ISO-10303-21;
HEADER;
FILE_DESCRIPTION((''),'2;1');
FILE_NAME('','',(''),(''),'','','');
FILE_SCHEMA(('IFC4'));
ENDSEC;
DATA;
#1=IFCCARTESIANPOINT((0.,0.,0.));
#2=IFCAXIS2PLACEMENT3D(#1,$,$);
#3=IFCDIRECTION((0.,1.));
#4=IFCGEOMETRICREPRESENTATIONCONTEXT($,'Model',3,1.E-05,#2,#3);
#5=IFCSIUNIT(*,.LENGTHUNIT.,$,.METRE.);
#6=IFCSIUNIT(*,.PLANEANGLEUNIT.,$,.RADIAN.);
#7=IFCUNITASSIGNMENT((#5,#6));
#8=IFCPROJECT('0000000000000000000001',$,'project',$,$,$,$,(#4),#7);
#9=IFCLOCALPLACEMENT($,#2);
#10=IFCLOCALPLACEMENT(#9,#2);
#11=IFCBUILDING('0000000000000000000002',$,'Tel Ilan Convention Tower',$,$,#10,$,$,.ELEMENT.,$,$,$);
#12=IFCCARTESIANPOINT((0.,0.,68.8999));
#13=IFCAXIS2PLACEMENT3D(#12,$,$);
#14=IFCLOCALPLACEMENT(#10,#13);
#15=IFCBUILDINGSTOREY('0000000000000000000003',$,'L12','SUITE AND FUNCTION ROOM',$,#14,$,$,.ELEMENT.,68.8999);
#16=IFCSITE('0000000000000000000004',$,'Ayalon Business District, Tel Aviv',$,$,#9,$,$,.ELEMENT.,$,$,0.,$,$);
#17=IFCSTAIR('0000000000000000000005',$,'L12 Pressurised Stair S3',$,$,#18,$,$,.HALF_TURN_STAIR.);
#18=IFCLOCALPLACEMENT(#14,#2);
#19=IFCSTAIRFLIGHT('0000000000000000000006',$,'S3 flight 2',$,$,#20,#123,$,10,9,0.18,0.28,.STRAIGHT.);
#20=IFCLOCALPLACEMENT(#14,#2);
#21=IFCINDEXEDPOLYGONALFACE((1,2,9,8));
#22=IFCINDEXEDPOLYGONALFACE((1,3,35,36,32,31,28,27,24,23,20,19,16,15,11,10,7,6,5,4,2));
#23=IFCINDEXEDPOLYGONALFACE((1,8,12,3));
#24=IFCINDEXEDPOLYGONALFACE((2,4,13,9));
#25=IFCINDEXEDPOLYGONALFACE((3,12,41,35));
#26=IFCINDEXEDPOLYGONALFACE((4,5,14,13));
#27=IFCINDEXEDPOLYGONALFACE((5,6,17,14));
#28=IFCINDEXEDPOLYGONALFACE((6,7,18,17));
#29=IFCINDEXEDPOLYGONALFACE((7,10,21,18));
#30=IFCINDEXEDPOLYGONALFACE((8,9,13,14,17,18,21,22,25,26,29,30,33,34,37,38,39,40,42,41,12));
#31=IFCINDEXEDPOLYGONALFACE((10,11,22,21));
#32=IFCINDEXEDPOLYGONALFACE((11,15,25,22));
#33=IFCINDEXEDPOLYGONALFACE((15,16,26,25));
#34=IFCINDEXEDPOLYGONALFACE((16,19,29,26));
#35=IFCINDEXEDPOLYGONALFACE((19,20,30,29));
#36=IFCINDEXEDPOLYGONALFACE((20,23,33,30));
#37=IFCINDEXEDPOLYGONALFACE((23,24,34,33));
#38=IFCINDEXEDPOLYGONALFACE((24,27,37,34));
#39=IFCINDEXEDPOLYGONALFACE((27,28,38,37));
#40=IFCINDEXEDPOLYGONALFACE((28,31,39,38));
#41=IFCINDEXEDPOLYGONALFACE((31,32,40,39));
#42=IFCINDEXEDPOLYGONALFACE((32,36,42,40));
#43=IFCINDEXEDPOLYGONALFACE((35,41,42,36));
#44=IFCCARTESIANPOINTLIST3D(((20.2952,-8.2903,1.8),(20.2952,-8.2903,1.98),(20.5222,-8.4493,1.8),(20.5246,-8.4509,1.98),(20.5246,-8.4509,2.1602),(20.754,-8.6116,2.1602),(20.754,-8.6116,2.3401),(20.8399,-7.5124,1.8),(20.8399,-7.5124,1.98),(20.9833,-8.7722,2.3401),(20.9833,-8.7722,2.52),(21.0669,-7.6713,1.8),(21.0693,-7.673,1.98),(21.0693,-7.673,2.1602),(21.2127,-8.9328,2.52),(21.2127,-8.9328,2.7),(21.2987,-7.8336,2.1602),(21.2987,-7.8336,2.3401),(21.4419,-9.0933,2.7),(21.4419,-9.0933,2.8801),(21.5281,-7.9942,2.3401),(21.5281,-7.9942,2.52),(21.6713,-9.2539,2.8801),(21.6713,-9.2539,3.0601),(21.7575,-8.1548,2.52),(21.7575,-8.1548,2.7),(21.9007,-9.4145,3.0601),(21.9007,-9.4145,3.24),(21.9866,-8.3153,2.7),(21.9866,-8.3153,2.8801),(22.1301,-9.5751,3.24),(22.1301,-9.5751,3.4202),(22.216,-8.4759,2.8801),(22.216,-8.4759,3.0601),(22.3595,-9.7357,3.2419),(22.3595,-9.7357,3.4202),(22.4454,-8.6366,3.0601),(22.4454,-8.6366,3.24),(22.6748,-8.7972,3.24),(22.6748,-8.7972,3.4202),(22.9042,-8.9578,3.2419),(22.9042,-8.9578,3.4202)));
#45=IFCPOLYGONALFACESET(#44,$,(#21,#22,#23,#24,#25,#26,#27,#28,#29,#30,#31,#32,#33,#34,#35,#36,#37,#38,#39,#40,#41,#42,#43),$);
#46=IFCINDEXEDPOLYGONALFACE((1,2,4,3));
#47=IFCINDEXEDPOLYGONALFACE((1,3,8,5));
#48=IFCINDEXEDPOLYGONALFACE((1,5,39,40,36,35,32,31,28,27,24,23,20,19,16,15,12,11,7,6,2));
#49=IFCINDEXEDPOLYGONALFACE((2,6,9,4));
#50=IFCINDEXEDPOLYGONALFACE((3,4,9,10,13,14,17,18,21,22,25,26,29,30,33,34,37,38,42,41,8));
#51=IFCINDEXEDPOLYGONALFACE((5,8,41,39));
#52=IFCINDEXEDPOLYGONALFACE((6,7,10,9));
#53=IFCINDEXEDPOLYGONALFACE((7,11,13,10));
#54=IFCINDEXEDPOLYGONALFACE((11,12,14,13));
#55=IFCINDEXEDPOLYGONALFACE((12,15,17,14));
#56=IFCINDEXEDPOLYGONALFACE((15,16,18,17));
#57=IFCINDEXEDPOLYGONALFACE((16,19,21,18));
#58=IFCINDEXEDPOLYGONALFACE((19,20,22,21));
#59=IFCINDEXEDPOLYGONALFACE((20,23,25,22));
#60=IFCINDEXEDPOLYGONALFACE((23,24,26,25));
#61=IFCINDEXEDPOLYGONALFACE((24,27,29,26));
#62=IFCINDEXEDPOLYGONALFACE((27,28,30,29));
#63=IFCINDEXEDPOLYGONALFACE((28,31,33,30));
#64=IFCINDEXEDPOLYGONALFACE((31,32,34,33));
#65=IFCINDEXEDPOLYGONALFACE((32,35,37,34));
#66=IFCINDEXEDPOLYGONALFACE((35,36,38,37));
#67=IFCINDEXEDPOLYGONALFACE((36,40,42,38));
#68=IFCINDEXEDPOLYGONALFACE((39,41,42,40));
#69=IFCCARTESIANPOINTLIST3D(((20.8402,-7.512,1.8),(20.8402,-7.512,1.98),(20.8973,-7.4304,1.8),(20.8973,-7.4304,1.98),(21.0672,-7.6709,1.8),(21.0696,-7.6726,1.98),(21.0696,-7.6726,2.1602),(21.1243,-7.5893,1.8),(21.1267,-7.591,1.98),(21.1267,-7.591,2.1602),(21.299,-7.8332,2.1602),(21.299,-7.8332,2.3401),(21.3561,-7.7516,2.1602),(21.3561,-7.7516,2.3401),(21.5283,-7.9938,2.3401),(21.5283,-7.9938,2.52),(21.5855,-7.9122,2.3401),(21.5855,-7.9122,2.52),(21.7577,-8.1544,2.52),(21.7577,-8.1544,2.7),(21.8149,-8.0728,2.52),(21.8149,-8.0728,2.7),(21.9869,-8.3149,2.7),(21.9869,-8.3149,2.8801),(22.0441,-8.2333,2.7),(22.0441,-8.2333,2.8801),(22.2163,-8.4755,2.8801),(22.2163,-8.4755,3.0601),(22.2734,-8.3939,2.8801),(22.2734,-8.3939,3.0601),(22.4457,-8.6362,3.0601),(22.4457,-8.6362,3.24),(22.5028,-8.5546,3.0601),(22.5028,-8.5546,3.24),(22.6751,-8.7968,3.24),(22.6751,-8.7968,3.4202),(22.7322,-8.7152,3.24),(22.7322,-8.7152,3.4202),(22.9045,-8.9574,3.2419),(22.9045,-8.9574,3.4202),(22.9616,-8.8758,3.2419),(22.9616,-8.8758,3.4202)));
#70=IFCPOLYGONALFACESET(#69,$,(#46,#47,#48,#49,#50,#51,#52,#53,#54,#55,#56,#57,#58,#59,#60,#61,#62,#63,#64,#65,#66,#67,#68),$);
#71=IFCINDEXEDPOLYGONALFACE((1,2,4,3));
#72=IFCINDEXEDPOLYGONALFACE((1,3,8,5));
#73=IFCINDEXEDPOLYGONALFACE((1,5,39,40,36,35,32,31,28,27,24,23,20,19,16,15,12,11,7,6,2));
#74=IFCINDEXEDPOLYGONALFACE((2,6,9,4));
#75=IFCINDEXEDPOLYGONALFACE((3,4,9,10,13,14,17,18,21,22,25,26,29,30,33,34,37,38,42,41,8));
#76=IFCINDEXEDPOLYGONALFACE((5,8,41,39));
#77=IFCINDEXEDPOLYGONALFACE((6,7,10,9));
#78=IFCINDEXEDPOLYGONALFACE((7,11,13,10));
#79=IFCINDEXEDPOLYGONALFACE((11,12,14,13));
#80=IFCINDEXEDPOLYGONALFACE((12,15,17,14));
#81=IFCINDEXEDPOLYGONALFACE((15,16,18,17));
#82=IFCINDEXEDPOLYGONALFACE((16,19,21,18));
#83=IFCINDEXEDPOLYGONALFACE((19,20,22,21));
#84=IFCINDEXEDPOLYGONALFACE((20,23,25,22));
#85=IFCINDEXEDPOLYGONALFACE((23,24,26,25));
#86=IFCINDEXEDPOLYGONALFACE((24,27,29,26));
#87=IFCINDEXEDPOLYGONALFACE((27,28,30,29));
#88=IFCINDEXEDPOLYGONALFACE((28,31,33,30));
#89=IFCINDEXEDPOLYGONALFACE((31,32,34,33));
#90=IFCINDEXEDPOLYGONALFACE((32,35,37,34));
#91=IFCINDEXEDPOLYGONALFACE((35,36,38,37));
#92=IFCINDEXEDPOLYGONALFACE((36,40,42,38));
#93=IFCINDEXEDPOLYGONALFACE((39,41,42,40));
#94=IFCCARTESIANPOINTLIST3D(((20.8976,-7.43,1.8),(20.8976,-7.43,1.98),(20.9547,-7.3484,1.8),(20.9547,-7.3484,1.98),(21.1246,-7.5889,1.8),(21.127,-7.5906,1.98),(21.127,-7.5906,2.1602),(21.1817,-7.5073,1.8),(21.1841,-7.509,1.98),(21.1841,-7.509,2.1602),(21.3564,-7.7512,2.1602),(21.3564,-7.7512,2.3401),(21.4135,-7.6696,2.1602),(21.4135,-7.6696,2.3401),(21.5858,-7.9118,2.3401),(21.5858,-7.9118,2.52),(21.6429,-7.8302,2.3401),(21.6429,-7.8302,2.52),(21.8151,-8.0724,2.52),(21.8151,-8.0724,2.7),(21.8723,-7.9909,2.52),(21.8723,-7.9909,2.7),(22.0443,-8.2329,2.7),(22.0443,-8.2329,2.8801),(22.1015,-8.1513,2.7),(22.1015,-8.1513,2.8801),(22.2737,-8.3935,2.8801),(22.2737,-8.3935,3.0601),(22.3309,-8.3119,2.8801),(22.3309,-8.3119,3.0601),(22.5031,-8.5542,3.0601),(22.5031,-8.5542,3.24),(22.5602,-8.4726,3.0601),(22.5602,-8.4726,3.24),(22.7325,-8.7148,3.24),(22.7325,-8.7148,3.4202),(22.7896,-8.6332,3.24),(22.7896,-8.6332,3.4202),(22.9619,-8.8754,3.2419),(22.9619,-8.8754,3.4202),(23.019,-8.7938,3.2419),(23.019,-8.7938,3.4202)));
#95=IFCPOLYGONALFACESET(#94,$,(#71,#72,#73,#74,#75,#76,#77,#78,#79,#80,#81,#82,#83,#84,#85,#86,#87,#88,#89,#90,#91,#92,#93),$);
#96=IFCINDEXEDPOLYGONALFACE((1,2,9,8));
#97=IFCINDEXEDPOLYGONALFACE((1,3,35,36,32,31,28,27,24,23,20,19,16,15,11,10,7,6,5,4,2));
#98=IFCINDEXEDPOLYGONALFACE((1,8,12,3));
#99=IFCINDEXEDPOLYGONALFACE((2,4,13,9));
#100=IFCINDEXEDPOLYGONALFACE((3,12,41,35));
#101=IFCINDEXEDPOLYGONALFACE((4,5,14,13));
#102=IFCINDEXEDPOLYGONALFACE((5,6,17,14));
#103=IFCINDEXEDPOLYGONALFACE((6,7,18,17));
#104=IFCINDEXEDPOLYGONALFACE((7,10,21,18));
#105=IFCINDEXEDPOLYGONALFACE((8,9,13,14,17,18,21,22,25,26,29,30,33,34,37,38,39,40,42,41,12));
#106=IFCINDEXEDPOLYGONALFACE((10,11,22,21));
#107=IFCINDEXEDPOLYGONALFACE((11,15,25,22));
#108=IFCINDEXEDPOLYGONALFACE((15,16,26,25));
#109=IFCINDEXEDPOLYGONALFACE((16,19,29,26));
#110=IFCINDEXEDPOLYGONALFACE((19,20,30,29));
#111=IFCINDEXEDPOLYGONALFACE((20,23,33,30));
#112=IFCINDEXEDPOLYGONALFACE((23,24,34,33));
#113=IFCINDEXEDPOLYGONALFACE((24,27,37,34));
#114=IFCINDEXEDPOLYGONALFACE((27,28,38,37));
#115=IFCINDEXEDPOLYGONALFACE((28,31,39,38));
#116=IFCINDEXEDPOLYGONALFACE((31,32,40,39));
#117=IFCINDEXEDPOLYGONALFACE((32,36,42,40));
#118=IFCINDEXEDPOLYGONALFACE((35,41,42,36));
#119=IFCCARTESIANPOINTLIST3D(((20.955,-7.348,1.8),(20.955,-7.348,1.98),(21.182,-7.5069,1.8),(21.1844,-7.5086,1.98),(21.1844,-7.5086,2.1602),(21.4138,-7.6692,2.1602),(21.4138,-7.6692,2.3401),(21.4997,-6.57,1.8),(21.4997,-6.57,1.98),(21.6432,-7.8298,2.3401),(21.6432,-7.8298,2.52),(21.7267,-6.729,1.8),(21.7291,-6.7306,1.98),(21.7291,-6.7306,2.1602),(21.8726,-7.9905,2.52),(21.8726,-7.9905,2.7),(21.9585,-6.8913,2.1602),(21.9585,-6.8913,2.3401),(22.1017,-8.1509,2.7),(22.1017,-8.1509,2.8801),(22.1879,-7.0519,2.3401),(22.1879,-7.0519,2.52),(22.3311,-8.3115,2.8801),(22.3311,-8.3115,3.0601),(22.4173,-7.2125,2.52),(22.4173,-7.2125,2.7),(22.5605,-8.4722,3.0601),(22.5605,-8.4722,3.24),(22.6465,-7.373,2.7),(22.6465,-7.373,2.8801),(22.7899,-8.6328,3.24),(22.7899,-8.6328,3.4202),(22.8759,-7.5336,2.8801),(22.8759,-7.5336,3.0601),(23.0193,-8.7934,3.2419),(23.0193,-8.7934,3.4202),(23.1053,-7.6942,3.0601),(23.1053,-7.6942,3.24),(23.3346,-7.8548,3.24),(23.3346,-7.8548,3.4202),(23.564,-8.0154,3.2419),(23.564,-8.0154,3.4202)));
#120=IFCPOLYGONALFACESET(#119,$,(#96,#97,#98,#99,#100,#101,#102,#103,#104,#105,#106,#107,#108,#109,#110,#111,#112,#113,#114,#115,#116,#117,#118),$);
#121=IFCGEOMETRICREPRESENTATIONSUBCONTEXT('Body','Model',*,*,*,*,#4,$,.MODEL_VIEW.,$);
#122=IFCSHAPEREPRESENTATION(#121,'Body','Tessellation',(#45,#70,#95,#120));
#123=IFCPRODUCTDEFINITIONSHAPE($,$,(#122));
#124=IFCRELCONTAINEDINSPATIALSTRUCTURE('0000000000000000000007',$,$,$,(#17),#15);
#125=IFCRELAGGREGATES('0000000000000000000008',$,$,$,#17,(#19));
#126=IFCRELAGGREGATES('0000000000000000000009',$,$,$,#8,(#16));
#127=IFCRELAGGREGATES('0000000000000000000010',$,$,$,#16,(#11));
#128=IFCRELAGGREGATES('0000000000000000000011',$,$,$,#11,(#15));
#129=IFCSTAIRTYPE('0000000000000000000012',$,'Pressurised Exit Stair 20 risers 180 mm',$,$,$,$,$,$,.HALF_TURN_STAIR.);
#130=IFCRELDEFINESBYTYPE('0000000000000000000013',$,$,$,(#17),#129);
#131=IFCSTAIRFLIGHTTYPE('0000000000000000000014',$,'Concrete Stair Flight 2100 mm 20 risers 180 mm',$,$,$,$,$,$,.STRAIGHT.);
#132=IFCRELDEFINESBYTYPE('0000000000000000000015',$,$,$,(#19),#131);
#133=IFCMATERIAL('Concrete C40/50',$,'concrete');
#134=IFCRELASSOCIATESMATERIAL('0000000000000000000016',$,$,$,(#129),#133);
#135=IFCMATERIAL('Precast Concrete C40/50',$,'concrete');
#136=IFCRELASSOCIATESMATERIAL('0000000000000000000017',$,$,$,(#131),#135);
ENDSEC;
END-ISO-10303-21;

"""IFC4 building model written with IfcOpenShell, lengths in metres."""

from ifc_helpers import new_model, si_unit, direction, frame, origin, place, context, subcontext, project, spatial, polyline, outline, extrude, material, type_object, element, aggregate, save


model = new_model("IFC4")

# Units and contexts
model_context = context("Model", 3, precision=1e-05, world=origin(), true_north=direction((0.0, 1.0)))
body_context = subcontext(model_context, "Body", "Model", "MODEL_VIEW")
ifc_project = project(units=[si_unit("LENGTHUNIT", "METRE"), si_unit("PLANEANGLEUNIT", "RADIAN")], contexts=[model_context])

# Site, building, storey
site_placement = place(None, origin())
site = spatial("IfcSite", under=ifc_project, at=site_placement, Name="Ayalon Business District, Tel Aviv", CompositionType="ELEMENT", RefElevation=0.0)
building_placement = place(site_placement, origin())
building = spatial("IfcBuilding", under=site, at=building_placement, Name="Tel Ilan Convention Tower", CompositionType="ELEMENT")
storey_placement = place(building_placement, frame((0.0, 0.0, 68.8999)))
storey = spatial("IfcBuildingStorey", under=building, at=storey_placement, Name="L12", Description="SUITE AND FUNCTION ROOM", CompositionType="ELEMENT", Elevation=68.8999)

# Stair, stair flight
ifc_material_1 = material(Name="Concrete C40/50", Category="concrete")
stair_type = type_object("IfcStairType", Name="Pressurised Exit Stair 20 risers 180 mm", PredefinedType="HALF_TURN_STAIR", material=ifc_material_1)
stair_1_placement = place(storey_placement, origin())
stair_1 = element("IfcStair", 1, at=stair_1_placement, inside=storey, type_object=stair_type, Name="L12 Pressurised Stair S3", PredefinedType="HALF_TURN_STAIR")
ifc_material_2 = material(Name="Precast Concrete C40/50", Category="concrete")
stair_flight_type = type_object("IfcStairFlightType", Name="Concrete Stair Flight 2100 mm 20 risers 180 mm", PredefinedType="STRAIGHT", material=ifc_material_2)
stair_flight_1_placement = place(storey_placement, frame((20.8975, -7.4302, 1.8), z_axis=(0.0, 0.0, 1.0), x_axis=(0.819152, -0.573576, 0.0)))
stair_flight_1 = element("IfcStairFlight", 2, at=stair_flight_1_placement, type_object=stair_flight_type, Name="S3 flight 2", NumberOfRisers=10, NumberOfTreads=9, PredefinedType="STRAIGHT", RiserHeight=0.18, TreadLength=0.28, context=body_context, shape_type="SweptSolid", body=[
    extrude(outline(polyline([(0.0, 0.0), (0.0, 0.1799), (0.28, 0.1799), (0.28, 0.3601), (0.5601, 0.3601), (0.5601, 0.54), (0.8401, 0.54), (0.8401, 0.72), (1.1201, 0.72), (1.1201, 0.8999), (1.3999, 0.8999), (1.3999, 1.0801), (1.6799, 1.0801), (1.6799, 1.26), (1.96, 1.26), (1.96, 1.4399), (2.24, 1.4399), (2.24, 1.6201), (2.52, 1.6201), (2.52, 1.8), (2.52, 1.4419), (0.2771, 0.0), (0.0, 0.0)])), frame((0.0, -0.1003, 0.0), z_axis=(0.0, -1.0, 0.0), x_axis=(1.0, 0.0, 0.0)), (0.0, 0.0, 1.0), 0.9497),
    extrude(outline(polyline([(0.0, 0.0), (0.0, 0.1799), (0.28, 0.1799), (0.28, 0.3601), (0.5601, 0.3601), (0.5601, 0.54), (0.8401, 0.54), (0.8401, 0.72), (1.1201, 0.72), (1.1201, 0.8999), (1.3999, 0.8999), (1.3999, 1.0801), (1.6799, 1.0801), (1.6799, 1.26), (1.96, 1.26), (1.96, 1.4399), (2.24, 1.4399), (2.24, 1.6201), (2.52, 1.6201), (2.52, 1.8), (2.52, 1.4419), (0.2771, 0.0), (0.0, 0.0)])), frame((0.0, -0.0002, 0.0), z_axis=(0.0, -1.0, 0.0), x_axis=(1.0, 0.0, 0.0)), (0.0, 0.0, 1.0), 0.0996),
    extrude(outline(polyline([(0.0, 0.0), (0.0, 0.1799), (0.28, 0.1799), (0.28, 0.3601), (0.5601, 0.3601), (0.5601, 0.54), (0.8401, 0.54), (0.8401, 0.72), (1.1201, 0.72), (1.1201, 0.8999), (1.3999, 0.8999), (1.3999, 1.0801), (1.6799, 1.0801), (1.6799, 1.26), (1.96, 1.26), (1.96, 1.4399), (2.24, 1.4399), (2.24, 1.6201), (2.52, 1.6201), (2.52, 1.8), (2.52, 1.4419), (0.2771, 0.0), (0.0, 0.0)])), frame((0.0, 0.0999, 0.0), z_axis=(0.0, -1.0, 0.0), x_axis=(1.0, 0.0, 0.0)), (0.0, 0.0, 1.0), 0.0996),
    extrude(outline(polyline([(0.0, 0.0), (0.0, 0.1799), (0.28, 0.1799), (0.28, 0.3601), (0.5601, 0.3601), (0.5601, 0.54), (0.8401, 0.54), (0.8401, 0.72), (1.1201, 0.72), (1.1201, 0.8999), (1.3999, 0.8999), (1.3999, 1.0801), (1.6799, 1.0801), (1.6799, 1.26), (1.96, 1.26), (1.96, 1.4399), (2.24, 1.4399), (2.24, 1.6201), (2.52, 1.6201), (2.52, 1.8), (2.52, 1.4419), (0.2771, 0.0), (0.0, 0.0)])), frame((0.0, 1.05, 0.0), z_axis=(0.0, -1.0, 0.0), x_axis=(1.0, 0.0, 0.0)), (0.0, 0.0, 1.0), 0.9497),
])
aggregate(stair_1, [stair_flight_1])

save(model, "model.ifc")
